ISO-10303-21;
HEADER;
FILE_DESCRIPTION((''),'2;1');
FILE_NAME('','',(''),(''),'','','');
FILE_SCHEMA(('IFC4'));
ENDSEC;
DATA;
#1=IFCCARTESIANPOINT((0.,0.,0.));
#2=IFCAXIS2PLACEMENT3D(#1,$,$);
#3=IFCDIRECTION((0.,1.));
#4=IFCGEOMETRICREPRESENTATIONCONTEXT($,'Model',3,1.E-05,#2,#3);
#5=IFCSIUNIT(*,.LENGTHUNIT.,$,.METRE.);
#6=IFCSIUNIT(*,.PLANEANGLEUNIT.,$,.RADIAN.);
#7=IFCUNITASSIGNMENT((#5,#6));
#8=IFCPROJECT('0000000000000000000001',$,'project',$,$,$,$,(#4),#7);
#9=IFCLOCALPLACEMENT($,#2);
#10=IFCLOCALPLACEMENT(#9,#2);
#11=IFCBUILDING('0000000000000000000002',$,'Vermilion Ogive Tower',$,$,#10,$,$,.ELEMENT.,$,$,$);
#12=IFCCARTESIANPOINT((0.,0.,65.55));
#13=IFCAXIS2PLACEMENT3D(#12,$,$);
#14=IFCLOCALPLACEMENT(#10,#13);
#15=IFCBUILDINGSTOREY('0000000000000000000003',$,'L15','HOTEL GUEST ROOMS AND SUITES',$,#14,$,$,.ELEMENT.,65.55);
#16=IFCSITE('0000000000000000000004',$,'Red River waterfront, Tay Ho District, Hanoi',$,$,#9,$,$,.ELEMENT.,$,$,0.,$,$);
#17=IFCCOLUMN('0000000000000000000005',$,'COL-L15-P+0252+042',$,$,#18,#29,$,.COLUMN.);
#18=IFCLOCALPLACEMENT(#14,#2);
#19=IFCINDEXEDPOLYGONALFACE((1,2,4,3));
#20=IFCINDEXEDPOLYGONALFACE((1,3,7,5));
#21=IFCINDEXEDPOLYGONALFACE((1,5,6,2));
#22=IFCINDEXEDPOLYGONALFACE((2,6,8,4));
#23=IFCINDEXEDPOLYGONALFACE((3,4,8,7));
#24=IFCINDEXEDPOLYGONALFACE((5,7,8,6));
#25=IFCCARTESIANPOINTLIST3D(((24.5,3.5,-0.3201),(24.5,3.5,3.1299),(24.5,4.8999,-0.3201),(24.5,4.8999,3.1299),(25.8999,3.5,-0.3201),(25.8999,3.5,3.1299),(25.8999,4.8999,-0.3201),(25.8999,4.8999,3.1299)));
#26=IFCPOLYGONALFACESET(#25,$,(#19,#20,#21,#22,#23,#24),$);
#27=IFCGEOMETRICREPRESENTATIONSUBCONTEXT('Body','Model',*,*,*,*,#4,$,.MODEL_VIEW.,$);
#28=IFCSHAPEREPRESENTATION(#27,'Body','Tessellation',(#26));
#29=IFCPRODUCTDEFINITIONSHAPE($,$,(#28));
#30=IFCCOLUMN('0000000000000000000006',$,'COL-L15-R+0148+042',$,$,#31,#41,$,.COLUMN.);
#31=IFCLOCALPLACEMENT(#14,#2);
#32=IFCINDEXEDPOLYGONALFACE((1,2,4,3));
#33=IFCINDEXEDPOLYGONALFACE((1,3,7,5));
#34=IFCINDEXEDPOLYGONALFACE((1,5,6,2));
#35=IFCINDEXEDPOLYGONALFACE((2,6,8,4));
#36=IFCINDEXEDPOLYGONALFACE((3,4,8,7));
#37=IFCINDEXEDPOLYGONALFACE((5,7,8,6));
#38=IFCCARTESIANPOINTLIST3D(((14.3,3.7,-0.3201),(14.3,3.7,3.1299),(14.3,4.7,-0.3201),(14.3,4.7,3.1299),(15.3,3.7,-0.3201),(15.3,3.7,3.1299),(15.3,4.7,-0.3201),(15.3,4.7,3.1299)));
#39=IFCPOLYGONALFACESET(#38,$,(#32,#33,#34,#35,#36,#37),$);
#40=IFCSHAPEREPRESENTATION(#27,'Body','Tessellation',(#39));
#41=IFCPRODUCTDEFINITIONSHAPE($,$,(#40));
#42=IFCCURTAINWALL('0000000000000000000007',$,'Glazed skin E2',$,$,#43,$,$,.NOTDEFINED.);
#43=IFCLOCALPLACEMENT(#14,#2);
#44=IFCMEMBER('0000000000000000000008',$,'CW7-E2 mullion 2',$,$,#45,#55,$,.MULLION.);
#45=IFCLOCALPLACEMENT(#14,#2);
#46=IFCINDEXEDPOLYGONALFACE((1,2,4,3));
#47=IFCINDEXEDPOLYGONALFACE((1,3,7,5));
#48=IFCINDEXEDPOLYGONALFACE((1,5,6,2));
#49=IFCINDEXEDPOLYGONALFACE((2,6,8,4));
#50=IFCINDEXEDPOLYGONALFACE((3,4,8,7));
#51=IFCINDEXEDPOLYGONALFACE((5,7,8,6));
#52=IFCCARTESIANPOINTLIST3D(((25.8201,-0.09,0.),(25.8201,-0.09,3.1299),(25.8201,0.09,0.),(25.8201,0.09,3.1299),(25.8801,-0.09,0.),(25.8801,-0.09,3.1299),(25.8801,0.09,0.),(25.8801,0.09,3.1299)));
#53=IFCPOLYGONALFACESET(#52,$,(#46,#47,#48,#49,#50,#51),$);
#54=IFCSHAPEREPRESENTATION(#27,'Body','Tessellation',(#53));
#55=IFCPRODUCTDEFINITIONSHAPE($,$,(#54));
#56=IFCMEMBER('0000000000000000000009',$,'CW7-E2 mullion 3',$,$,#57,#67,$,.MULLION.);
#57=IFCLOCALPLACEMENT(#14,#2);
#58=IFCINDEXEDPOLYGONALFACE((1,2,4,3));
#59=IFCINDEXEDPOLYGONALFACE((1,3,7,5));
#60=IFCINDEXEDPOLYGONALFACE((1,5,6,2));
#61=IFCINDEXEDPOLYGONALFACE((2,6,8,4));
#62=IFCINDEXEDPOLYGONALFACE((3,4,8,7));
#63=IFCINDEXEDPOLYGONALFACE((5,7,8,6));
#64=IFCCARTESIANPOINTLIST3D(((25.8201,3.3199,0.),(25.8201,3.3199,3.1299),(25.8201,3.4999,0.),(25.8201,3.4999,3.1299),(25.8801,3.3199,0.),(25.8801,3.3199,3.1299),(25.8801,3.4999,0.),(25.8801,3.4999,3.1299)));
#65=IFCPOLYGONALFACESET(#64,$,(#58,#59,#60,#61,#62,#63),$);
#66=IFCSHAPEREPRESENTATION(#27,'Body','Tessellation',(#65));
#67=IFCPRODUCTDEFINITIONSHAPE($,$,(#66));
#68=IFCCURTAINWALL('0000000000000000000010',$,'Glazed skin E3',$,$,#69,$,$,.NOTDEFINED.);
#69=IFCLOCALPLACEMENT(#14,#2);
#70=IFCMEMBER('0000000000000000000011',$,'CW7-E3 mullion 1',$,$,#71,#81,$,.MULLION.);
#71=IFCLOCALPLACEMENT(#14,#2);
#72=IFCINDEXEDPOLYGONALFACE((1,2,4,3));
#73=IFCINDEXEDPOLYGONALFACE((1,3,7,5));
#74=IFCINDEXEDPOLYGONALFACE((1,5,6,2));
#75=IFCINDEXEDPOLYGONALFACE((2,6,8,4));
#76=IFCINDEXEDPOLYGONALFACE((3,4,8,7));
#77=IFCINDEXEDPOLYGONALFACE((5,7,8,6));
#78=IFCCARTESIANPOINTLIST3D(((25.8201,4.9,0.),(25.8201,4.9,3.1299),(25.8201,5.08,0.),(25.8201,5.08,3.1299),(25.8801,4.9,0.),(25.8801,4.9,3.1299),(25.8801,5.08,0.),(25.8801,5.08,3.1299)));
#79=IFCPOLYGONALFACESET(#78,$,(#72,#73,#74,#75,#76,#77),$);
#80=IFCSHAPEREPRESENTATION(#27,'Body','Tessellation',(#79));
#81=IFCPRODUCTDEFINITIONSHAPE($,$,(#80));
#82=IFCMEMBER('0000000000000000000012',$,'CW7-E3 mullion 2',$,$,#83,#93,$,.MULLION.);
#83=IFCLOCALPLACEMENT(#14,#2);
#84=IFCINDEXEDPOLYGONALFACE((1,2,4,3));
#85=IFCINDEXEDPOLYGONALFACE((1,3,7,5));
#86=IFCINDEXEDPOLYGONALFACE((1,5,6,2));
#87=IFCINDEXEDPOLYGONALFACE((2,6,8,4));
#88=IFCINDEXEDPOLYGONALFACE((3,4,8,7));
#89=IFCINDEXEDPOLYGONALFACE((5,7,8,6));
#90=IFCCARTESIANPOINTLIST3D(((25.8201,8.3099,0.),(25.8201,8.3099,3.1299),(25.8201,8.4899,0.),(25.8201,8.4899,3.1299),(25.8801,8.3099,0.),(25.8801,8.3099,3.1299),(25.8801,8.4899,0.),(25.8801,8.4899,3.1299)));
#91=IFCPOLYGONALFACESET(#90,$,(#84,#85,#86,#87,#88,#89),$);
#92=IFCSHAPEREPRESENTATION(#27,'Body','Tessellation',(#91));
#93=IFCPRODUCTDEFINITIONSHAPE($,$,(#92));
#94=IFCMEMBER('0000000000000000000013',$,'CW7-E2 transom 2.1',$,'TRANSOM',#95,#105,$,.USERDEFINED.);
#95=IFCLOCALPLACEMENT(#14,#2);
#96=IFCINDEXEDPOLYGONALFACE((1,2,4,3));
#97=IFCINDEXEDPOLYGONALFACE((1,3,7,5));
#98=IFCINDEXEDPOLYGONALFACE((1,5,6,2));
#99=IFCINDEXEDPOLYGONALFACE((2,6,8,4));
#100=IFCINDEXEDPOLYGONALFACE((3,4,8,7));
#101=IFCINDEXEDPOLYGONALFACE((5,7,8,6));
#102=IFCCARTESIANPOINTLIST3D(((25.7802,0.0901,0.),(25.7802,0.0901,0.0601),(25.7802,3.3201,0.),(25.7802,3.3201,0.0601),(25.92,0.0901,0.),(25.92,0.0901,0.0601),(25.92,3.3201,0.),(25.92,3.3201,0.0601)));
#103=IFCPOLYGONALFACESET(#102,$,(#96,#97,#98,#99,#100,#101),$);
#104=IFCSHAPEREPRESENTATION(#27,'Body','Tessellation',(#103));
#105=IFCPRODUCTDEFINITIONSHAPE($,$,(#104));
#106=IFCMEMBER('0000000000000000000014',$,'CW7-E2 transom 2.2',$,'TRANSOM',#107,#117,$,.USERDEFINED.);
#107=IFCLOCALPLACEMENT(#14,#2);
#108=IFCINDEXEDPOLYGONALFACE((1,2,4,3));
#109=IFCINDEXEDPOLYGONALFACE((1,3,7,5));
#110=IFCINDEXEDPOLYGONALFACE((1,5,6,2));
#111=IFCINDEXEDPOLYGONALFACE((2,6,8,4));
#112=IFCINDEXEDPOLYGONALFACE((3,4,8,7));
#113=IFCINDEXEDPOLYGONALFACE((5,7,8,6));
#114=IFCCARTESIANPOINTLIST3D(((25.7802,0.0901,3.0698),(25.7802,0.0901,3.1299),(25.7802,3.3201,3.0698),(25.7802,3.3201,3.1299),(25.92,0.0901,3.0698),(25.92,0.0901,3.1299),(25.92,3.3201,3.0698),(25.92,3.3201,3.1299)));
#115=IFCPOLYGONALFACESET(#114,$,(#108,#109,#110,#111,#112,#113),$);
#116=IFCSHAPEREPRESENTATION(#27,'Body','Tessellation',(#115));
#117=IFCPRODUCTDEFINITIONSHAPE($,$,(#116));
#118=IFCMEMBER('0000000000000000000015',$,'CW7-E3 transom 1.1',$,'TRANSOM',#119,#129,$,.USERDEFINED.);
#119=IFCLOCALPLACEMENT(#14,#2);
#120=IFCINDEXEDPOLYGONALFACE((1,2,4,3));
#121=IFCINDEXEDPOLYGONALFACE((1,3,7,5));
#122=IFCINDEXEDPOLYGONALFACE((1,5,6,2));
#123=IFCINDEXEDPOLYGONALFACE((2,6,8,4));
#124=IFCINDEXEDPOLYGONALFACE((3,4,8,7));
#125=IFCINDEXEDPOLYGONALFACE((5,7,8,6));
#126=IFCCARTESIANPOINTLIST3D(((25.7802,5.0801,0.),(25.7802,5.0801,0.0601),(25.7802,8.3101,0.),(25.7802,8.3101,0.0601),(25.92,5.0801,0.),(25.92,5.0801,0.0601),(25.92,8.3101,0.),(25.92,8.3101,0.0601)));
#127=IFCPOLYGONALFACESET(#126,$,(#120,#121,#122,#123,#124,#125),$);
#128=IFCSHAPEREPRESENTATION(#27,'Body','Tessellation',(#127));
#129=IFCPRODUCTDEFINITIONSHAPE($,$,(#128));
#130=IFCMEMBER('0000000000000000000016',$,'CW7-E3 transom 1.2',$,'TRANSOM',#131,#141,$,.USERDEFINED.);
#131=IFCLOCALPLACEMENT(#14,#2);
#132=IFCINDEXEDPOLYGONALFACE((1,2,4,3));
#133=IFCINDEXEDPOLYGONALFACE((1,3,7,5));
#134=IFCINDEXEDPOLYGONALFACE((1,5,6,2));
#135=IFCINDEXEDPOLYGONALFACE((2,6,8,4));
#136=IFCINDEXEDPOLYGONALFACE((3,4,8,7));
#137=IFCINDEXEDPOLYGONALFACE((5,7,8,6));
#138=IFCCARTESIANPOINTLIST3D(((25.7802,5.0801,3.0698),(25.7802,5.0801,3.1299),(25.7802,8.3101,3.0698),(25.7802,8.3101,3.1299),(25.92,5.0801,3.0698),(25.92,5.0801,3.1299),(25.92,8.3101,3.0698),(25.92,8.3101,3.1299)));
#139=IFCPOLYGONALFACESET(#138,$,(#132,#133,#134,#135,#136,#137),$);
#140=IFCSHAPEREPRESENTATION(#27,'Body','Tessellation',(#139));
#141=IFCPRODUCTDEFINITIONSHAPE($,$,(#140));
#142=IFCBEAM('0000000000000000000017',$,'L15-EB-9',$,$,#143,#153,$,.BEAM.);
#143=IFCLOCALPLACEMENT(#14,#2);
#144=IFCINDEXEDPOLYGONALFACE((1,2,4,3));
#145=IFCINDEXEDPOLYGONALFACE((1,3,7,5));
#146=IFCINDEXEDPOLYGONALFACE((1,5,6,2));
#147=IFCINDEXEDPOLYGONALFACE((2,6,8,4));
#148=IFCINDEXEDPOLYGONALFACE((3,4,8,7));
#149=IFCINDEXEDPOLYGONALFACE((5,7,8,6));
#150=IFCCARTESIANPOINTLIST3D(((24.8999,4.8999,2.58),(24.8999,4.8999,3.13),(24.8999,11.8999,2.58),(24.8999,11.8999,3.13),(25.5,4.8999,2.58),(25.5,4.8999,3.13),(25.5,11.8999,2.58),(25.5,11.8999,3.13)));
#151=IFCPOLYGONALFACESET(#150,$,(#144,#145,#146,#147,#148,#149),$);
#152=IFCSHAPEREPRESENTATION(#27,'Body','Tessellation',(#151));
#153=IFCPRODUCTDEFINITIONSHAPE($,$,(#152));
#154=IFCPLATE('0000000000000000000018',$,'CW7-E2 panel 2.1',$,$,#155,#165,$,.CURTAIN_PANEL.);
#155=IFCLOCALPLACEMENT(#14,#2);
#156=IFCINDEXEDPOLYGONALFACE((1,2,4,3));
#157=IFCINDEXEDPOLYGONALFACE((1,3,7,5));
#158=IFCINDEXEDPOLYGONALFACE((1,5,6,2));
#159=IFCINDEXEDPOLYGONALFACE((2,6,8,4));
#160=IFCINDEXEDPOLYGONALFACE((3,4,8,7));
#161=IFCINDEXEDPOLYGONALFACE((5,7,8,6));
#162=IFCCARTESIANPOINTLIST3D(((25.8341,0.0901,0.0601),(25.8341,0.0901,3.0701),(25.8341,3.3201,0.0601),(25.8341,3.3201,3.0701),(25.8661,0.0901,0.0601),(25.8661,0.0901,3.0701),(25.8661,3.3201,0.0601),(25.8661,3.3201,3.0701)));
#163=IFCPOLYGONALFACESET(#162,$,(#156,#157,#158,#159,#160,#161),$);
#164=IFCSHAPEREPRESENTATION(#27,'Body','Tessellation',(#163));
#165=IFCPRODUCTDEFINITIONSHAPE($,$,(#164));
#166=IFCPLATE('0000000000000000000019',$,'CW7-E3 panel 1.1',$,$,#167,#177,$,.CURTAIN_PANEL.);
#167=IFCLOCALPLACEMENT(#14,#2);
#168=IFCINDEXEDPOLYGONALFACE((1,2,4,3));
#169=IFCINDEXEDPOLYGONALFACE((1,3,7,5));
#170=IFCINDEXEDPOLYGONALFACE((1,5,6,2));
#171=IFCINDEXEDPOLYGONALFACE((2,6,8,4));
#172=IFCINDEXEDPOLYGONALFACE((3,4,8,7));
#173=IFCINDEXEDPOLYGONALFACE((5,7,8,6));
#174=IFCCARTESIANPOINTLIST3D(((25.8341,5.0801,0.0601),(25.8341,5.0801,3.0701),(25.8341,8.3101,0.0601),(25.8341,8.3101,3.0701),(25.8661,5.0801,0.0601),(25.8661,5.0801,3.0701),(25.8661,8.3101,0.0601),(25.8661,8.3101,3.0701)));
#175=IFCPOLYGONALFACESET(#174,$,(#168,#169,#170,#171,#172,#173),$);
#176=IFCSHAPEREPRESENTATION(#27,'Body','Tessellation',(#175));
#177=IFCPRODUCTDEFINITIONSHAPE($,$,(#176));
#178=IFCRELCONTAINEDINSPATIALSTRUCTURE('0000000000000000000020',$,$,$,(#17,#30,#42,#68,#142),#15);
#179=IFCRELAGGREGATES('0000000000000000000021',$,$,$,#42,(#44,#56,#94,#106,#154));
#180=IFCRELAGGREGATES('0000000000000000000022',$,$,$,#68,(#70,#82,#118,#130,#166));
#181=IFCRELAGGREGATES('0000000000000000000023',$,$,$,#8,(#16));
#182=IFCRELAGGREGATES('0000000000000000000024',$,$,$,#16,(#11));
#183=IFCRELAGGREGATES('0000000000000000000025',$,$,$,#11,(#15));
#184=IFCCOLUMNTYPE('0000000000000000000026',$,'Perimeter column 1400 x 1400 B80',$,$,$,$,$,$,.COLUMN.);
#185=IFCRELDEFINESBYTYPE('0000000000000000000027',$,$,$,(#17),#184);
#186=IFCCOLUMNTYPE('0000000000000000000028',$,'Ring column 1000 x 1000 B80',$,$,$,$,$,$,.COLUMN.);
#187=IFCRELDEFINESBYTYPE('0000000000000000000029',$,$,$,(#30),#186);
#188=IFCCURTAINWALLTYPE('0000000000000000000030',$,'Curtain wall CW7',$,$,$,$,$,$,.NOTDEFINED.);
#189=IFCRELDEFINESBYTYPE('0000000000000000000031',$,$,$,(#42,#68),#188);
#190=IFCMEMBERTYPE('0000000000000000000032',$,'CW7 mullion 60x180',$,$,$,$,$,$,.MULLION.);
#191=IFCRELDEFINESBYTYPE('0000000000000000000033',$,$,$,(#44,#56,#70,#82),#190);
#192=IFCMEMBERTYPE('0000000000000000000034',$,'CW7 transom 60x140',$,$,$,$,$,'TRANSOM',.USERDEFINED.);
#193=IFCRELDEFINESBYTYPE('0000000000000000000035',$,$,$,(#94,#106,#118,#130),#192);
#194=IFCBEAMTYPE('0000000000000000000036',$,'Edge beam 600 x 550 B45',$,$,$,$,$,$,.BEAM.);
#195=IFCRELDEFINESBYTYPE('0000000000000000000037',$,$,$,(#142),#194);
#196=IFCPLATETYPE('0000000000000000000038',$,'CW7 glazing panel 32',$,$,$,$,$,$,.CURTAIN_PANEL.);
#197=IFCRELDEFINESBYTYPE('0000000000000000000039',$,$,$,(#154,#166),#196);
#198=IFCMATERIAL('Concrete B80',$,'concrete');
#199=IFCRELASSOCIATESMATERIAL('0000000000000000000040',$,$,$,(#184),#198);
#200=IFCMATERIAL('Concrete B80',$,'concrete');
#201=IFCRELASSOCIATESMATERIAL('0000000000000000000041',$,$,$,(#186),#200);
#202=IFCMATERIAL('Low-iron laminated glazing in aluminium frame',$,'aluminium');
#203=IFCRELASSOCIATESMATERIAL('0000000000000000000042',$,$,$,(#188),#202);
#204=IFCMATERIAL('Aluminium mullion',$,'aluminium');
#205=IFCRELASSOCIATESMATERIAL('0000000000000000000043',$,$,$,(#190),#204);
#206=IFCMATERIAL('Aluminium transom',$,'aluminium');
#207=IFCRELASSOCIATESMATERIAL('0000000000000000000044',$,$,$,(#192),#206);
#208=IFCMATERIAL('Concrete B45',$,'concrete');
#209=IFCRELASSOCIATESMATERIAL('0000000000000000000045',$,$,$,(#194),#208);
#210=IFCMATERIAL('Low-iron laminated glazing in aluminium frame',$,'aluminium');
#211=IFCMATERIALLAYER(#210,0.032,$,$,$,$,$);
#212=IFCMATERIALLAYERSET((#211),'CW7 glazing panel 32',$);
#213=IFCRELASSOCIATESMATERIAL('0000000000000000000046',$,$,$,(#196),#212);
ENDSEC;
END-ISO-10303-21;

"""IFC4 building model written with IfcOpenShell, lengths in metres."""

from ifc_helpers import new_model, si_unit, direction, frame, origin, origin_2d, place, context, subcontext, project, spatial, rectangle, extrude, material, layer, layer_set, material_profile, profile_set, type_object, element, aggregate, save


model = new_model("IFC4")

# Units and contexts
model_context = context("Model", 3, precision=1e-05, world=origin(), true_north=direction((0.0, 1.0)))
body_context = subcontext(model_context, "Body", "Model", "MODEL_VIEW")
ifc_project = project(units=[si_unit("LENGTHUNIT", "METRE"), si_unit("PLANEANGLEUNIT", "RADIAN")], contexts=[model_context])

# Site, building, storey
site_placement = place(None, origin())
site = spatial("IfcSite", under=ifc_project, at=site_placement, Name="Red River waterfront, Tay Ho District, Hanoi", CompositionType="ELEMENT", RefElevation=0.0)
building_placement = place(site_placement, origin())
building = spatial("IfcBuilding", under=site, at=building_placement, Name="Vermilion Ogive Tower", CompositionType="ELEMENT")
storey_placement = place(building_placement, frame((0.0, 0.0, 65.55)))
storey = spatial("IfcBuildingStorey", under=building, at=storey_placement, Name="L15", Description="HOTEL GUEST ROOMS AND SUITES", CompositionType="ELEMENT", Elevation=65.55)

# Columns
ifc_material_1 = material(Name="Concrete B80", Category="concrete")
ifc_material_profile_1 = material_profile(ifc_material_1, rectangle(XDim=1.3999, YDim=1.3999, at=origin_2d()), Name="1400 x 1400")
ifc_profile_set_1 = profile_set([ifc_material_profile_1], Name="Concrete B80")
column_type_1 = type_object("IfcColumnType", Name="Perimeter column 1400 x 1400 B80", PredefinedType="COLUMN", material=ifc_profile_set_1)
column_1_placement = place(storey_placement, frame((25.2, 4.2, -0.3201), z_axis=(0.0, 0.0, 1.0), x_axis=(1.0, 0.0, 0.0)))
element("IfcColumn", 1, at=column_1_placement, inside=storey, type_object=column_type_1, Name="COL-L15-P+0252+042", PredefinedType="COLUMN", context=body_context, shape_type="SweptSolid", body=[
    extrude(rectangle(XDim=1.3999, YDim=1.3999, at=origin_2d()), origin(), (0.0, 0.0, 1.0), 3.45),
])
ifc_material_2 = material(Name="Concrete B80", Category="concrete")
ifc_material_profile_2 = material_profile(ifc_material_2, rectangle(XDim=1.0, YDim=1.0, at=origin_2d()), Name="1000 x 1000")
ifc_profile_set_2 = profile_set([ifc_material_profile_2], Name="Concrete B80")
column_type_2 = type_object("IfcColumnType", Name="Ring column 1000 x 1000 B80", PredefinedType="COLUMN", material=ifc_profile_set_2)
column_2_placement = place(storey_placement, frame((14.8, 4.2, -0.3201), z_axis=(0.0, 0.0, 1.0), x_axis=(1.0, 0.0, 0.0)))
element("IfcColumn", 2, at=column_2_placement, inside=storey, type_object=column_type_2, Name="COL-L15-R+0148+042", PredefinedType="COLUMN", context=body_context, shape_type="SweptSolid", body=[
    extrude(rectangle(XDim=1.0, YDim=1.0, at=origin_2d()), origin(), (0.0, 0.0, 1.0), 3.45),
])

# Curtain walls, members
ifc_material_3 = material(Name="Low-iron laminated glazing in aluminium frame", Category="aluminium")
curtain_wall_type = type_object("IfcCurtainWallType", Name="Curtain wall CW7", PredefinedType="NOTDEFINED", material=ifc_material_3)
curtain_wall_1_placement = place(storey_placement, origin())
curtain_wall_1 = element("IfcCurtainWall", 3, at=curtain_wall_1_placement, inside=storey, type_object=curtain_wall_type, Name="Glazed skin E2", PredefinedType="NOTDEFINED")
ifc_material_4 = material(Name="Aluminium mullion", Category="aluminium")
ifc_material_profile_3 = material_profile(ifc_material_4, rectangle(XDim=0.0601, YDim=0.1799, at=origin_2d()), Name="AL 60x180")
ifc_profile_set_3 = profile_set([ifc_material_profile_3], Name="Aluminium mullion")
member_type_1 = type_object("IfcMemberType", Name="CW7 mullion 60x180", PredefinedType="MULLION", material=ifc_profile_set_3)
member_1_placement = place(storey_placement, frame((25.8501, 0.0, 0.0), z_axis=(0.0, 0.0, 1.0), x_axis=(-1.0, 0.0, 0.0)))
member_1 = element("IfcMember", 4, at=member_1_placement, type_object=member_type_1, Name="CW7-E2 mullion 2", PredefinedType="MULLION", context=body_context, shape_type="SweptSolid", body=[
    extrude(rectangle(XDim=0.0601, YDim=0.1799, at=origin_2d()), origin(), (0.0, 0.0, 1.0), 3.1299),
])
member_2_placement = place(storey_placement, frame((25.8501, 3.4099, 0.0), z_axis=(0.0, 0.0, 1.0), x_axis=(-1.0, 0.0, 0.0)))
member_2 = element("IfcMember", 5, at=member_2_placement, type_object=member_type_1, Name="CW7-E2 mullion 3", PredefinedType="MULLION", context=body_context, shape_type="SweptSolid", body=[
    extrude(rectangle(XDim=0.0601, YDim=0.1799, at=origin_2d()), origin(), (0.0, 0.0, 1.0), 3.1299),
])
curtain_wall_2_placement = place(storey_placement, origin())
curtain_wall_2 = element("IfcCurtainWall", 6, at=curtain_wall_2_placement, inside=storey, type_object=curtain_wall_type, Name="Glazed skin E3", PredefinedType="NOTDEFINED")
member_3_placement = place(storey_placement, frame((25.8501, 4.99, 0.0), z_axis=(0.0, 0.0, 1.0), x_axis=(-1.0, 0.0, 0.0)))
member_3 = element("IfcMember", 7, at=member_3_placement, type_object=member_type_1, Name="CW7-E3 mullion 1", PredefinedType="MULLION", context=body_context, shape_type="SweptSolid", body=[
    extrude(rectangle(XDim=0.0601, YDim=0.1799, at=origin_2d()), origin(), (0.0, 0.0, 1.0), 3.1299),
])
member_4_placement = place(storey_placement, frame((25.8501, 8.3999, 0.0), z_axis=(0.0, 0.0, 1.0), x_axis=(-1.0, 0.0, 0.0)))
member_4 = element("IfcMember", 8, at=member_4_placement, type_object=member_type_1, Name="CW7-E3 mullion 2", PredefinedType="MULLION", context=body_context, shape_type="SweptSolid", body=[
    extrude(rectangle(XDim=0.0601, YDim=0.1799, at=origin_2d()), origin(), (0.0, 0.0, 1.0), 3.1299),
])

# Members
ifc_material_5 = material(Name="Aluminium transom", Category="aluminium")
ifc_material_profile_4 = material_profile(ifc_material_5, rectangle(XDim=0.1399, YDim=0.0601, at=origin_2d()), Name="AL 60x140")
ifc_profile_set_4 = profile_set([ifc_material_profile_4], Name="Aluminium transom")
member_type_2 = type_object("IfcMemberType", Name="CW7 transom 60x140", ElementType="TRANSOM", PredefinedType="USERDEFINED", material=ifc_profile_set_4)
member_5_placement = place(storey_placement, frame((25.8501, 0.0901, 0.03), z_axis=(0.0, 1.0, 0.0), x_axis=(-1.0, 0.0, 0.0)))
member_5 = element("IfcMember", 9, at=member_5_placement, type_object=member_type_2, Name="CW7-E2 transom 2.1", ObjectType="TRANSOM", PredefinedType="USERDEFINED", context=body_context, shape_type="SweptSolid", body=[
    extrude(rectangle(XDim=0.1399, YDim=0.0601, at=origin_2d()), origin(), (0.0, 0.0, 1.0), 3.23),
])
member_6_placement = place(storey_placement, frame((25.8501, 0.0901, 3.0999), z_axis=(0.0, 1.0, 0.0), x_axis=(-1.0, 0.0, 0.0)))
member_6 = element("IfcMember", 10, at=member_6_placement, type_object=member_type_2, Name="CW7-E2 transom 2.2", ObjectType="TRANSOM", PredefinedType="USERDEFINED", context=body_context, shape_type="SweptSolid", body=[
    extrude(rectangle(XDim=0.1399, YDim=0.0601, at=origin_2d()), origin(), (0.0, 0.0, 1.0), 3.23),
])
member_7_placement = place(storey_placement, frame((25.8501, 5.0801, 0.03), z_axis=(0.0, 1.0, 0.0), x_axis=(-1.0, 0.0, 0.0)))
member_7 = element("IfcMember", 11, at=member_7_placement, type_object=member_type_2, Name="CW7-E3 transom 1.1", ObjectType="TRANSOM", PredefinedType="USERDEFINED", context=body_context, shape_type="SweptSolid", body=[
    extrude(rectangle(XDim=0.1399, YDim=0.0601, at=origin_2d()), origin(), (0.0, 0.0, 1.0), 3.23),
])
member_8_placement = place(storey_placement, frame((25.8501, 5.0801, 3.0999), z_axis=(0.0, 1.0, 0.0), x_axis=(-1.0, 0.0, 0.0)))
member_8 = element("IfcMember", 12, at=member_8_placement, type_object=member_type_2, Name="CW7-E3 transom 1.2", ObjectType="TRANSOM", PredefinedType="USERDEFINED", context=body_context, shape_type="SweptSolid", body=[
    extrude(rectangle(XDim=0.1399, YDim=0.0601, at=origin_2d()), origin(), (0.0, 0.0, 1.0), 3.23),
])

# Beam
ifc_material_6 = material(Name="Concrete B45", Category="concrete")
ifc_material_profile_5 = material_profile(ifc_material_6, rectangle(XDim=0.6001, YDim=0.55, at=origin_2d()), Name="600 x 550")
ifc_profile_set_5 = profile_set([ifc_material_profile_5], Name="Concrete B45")
beam_type = type_object("IfcBeamType", Name="Edge beam 600 x 550 B45", PredefinedType="BEAM", material=ifc_profile_set_5)
beam_placement = place(storey_placement, frame((25.2, 4.8999, 2.855), z_axis=(0.0, 1.0, 0.0), x_axis=(-1.0, 0.0, 0.0)))
element("IfcBeam", 13, at=beam_placement, inside=storey, type_object=beam_type, Name="L15-EB-9", PredefinedType="BEAM", context=body_context, shape_type="SweptSolid", body=[
    extrude(rectangle(XDim=0.6001, YDim=0.55, at=origin_2d()), origin(), (0.0, 0.0, 1.0), 7.0),
])

# Plates
ifc_material_7 = material(Name="Low-iron laminated glazing in aluminium frame", Category="aluminium")
ifc_layer_1 = layer(ifc_material_7, 0.032)
ifc_layer_set_1 = layer_set([ifc_layer_1], Name="CW7 glazing panel 32")
plate_type = type_object("IfcPlateType", Name="CW7 glazing panel 32", PredefinedType="CURTAIN_PANEL", material=ifc_layer_set_1)
plate_1_placement = place(storey_placement, frame((25.8501, 1.7051, 0.0601), z_axis=(0.0, 0.0, 1.0), x_axis=(0.0, 1.0, 0.0)))
plate_1 = element("IfcPlate", 14, at=plate_1_placement, type_object=plate_type, Name="CW7-E2 panel 2.1", PredefinedType="CURTAIN_PANEL", context=body_context, shape_type="SweptSolid", body=[
    extrude(rectangle(XDim=3.23, YDim=0.032, at=origin_2d()), origin(), (0.0, 0.0, 1.0), 3.01),
])
aggregate(curtain_wall_1, [member_1, member_2, member_5, member_6, plate_1])
plate_2_placement = place(storey_placement, frame((25.8501, 6.6951, 0.0601), z_axis=(0.0, 0.0, 1.0), x_axis=(0.0, 1.0, 0.0)))
plate_2 = element("IfcPlate", 15, at=plate_2_placement, type_object=plate_type, Name="CW7-E3 panel 1.1", PredefinedType="CURTAIN_PANEL", context=body_context, shape_type="SweptSolid", body=[
    extrude(rectangle(XDim=3.23, YDim=0.032, at=origin_2d()), origin(), (0.0, 0.0, 1.0), 3.01),
])
aggregate(curtain_wall_2, [member_3, member_4, member_7, member_8, plate_2])

save(model, "model.ifc")
